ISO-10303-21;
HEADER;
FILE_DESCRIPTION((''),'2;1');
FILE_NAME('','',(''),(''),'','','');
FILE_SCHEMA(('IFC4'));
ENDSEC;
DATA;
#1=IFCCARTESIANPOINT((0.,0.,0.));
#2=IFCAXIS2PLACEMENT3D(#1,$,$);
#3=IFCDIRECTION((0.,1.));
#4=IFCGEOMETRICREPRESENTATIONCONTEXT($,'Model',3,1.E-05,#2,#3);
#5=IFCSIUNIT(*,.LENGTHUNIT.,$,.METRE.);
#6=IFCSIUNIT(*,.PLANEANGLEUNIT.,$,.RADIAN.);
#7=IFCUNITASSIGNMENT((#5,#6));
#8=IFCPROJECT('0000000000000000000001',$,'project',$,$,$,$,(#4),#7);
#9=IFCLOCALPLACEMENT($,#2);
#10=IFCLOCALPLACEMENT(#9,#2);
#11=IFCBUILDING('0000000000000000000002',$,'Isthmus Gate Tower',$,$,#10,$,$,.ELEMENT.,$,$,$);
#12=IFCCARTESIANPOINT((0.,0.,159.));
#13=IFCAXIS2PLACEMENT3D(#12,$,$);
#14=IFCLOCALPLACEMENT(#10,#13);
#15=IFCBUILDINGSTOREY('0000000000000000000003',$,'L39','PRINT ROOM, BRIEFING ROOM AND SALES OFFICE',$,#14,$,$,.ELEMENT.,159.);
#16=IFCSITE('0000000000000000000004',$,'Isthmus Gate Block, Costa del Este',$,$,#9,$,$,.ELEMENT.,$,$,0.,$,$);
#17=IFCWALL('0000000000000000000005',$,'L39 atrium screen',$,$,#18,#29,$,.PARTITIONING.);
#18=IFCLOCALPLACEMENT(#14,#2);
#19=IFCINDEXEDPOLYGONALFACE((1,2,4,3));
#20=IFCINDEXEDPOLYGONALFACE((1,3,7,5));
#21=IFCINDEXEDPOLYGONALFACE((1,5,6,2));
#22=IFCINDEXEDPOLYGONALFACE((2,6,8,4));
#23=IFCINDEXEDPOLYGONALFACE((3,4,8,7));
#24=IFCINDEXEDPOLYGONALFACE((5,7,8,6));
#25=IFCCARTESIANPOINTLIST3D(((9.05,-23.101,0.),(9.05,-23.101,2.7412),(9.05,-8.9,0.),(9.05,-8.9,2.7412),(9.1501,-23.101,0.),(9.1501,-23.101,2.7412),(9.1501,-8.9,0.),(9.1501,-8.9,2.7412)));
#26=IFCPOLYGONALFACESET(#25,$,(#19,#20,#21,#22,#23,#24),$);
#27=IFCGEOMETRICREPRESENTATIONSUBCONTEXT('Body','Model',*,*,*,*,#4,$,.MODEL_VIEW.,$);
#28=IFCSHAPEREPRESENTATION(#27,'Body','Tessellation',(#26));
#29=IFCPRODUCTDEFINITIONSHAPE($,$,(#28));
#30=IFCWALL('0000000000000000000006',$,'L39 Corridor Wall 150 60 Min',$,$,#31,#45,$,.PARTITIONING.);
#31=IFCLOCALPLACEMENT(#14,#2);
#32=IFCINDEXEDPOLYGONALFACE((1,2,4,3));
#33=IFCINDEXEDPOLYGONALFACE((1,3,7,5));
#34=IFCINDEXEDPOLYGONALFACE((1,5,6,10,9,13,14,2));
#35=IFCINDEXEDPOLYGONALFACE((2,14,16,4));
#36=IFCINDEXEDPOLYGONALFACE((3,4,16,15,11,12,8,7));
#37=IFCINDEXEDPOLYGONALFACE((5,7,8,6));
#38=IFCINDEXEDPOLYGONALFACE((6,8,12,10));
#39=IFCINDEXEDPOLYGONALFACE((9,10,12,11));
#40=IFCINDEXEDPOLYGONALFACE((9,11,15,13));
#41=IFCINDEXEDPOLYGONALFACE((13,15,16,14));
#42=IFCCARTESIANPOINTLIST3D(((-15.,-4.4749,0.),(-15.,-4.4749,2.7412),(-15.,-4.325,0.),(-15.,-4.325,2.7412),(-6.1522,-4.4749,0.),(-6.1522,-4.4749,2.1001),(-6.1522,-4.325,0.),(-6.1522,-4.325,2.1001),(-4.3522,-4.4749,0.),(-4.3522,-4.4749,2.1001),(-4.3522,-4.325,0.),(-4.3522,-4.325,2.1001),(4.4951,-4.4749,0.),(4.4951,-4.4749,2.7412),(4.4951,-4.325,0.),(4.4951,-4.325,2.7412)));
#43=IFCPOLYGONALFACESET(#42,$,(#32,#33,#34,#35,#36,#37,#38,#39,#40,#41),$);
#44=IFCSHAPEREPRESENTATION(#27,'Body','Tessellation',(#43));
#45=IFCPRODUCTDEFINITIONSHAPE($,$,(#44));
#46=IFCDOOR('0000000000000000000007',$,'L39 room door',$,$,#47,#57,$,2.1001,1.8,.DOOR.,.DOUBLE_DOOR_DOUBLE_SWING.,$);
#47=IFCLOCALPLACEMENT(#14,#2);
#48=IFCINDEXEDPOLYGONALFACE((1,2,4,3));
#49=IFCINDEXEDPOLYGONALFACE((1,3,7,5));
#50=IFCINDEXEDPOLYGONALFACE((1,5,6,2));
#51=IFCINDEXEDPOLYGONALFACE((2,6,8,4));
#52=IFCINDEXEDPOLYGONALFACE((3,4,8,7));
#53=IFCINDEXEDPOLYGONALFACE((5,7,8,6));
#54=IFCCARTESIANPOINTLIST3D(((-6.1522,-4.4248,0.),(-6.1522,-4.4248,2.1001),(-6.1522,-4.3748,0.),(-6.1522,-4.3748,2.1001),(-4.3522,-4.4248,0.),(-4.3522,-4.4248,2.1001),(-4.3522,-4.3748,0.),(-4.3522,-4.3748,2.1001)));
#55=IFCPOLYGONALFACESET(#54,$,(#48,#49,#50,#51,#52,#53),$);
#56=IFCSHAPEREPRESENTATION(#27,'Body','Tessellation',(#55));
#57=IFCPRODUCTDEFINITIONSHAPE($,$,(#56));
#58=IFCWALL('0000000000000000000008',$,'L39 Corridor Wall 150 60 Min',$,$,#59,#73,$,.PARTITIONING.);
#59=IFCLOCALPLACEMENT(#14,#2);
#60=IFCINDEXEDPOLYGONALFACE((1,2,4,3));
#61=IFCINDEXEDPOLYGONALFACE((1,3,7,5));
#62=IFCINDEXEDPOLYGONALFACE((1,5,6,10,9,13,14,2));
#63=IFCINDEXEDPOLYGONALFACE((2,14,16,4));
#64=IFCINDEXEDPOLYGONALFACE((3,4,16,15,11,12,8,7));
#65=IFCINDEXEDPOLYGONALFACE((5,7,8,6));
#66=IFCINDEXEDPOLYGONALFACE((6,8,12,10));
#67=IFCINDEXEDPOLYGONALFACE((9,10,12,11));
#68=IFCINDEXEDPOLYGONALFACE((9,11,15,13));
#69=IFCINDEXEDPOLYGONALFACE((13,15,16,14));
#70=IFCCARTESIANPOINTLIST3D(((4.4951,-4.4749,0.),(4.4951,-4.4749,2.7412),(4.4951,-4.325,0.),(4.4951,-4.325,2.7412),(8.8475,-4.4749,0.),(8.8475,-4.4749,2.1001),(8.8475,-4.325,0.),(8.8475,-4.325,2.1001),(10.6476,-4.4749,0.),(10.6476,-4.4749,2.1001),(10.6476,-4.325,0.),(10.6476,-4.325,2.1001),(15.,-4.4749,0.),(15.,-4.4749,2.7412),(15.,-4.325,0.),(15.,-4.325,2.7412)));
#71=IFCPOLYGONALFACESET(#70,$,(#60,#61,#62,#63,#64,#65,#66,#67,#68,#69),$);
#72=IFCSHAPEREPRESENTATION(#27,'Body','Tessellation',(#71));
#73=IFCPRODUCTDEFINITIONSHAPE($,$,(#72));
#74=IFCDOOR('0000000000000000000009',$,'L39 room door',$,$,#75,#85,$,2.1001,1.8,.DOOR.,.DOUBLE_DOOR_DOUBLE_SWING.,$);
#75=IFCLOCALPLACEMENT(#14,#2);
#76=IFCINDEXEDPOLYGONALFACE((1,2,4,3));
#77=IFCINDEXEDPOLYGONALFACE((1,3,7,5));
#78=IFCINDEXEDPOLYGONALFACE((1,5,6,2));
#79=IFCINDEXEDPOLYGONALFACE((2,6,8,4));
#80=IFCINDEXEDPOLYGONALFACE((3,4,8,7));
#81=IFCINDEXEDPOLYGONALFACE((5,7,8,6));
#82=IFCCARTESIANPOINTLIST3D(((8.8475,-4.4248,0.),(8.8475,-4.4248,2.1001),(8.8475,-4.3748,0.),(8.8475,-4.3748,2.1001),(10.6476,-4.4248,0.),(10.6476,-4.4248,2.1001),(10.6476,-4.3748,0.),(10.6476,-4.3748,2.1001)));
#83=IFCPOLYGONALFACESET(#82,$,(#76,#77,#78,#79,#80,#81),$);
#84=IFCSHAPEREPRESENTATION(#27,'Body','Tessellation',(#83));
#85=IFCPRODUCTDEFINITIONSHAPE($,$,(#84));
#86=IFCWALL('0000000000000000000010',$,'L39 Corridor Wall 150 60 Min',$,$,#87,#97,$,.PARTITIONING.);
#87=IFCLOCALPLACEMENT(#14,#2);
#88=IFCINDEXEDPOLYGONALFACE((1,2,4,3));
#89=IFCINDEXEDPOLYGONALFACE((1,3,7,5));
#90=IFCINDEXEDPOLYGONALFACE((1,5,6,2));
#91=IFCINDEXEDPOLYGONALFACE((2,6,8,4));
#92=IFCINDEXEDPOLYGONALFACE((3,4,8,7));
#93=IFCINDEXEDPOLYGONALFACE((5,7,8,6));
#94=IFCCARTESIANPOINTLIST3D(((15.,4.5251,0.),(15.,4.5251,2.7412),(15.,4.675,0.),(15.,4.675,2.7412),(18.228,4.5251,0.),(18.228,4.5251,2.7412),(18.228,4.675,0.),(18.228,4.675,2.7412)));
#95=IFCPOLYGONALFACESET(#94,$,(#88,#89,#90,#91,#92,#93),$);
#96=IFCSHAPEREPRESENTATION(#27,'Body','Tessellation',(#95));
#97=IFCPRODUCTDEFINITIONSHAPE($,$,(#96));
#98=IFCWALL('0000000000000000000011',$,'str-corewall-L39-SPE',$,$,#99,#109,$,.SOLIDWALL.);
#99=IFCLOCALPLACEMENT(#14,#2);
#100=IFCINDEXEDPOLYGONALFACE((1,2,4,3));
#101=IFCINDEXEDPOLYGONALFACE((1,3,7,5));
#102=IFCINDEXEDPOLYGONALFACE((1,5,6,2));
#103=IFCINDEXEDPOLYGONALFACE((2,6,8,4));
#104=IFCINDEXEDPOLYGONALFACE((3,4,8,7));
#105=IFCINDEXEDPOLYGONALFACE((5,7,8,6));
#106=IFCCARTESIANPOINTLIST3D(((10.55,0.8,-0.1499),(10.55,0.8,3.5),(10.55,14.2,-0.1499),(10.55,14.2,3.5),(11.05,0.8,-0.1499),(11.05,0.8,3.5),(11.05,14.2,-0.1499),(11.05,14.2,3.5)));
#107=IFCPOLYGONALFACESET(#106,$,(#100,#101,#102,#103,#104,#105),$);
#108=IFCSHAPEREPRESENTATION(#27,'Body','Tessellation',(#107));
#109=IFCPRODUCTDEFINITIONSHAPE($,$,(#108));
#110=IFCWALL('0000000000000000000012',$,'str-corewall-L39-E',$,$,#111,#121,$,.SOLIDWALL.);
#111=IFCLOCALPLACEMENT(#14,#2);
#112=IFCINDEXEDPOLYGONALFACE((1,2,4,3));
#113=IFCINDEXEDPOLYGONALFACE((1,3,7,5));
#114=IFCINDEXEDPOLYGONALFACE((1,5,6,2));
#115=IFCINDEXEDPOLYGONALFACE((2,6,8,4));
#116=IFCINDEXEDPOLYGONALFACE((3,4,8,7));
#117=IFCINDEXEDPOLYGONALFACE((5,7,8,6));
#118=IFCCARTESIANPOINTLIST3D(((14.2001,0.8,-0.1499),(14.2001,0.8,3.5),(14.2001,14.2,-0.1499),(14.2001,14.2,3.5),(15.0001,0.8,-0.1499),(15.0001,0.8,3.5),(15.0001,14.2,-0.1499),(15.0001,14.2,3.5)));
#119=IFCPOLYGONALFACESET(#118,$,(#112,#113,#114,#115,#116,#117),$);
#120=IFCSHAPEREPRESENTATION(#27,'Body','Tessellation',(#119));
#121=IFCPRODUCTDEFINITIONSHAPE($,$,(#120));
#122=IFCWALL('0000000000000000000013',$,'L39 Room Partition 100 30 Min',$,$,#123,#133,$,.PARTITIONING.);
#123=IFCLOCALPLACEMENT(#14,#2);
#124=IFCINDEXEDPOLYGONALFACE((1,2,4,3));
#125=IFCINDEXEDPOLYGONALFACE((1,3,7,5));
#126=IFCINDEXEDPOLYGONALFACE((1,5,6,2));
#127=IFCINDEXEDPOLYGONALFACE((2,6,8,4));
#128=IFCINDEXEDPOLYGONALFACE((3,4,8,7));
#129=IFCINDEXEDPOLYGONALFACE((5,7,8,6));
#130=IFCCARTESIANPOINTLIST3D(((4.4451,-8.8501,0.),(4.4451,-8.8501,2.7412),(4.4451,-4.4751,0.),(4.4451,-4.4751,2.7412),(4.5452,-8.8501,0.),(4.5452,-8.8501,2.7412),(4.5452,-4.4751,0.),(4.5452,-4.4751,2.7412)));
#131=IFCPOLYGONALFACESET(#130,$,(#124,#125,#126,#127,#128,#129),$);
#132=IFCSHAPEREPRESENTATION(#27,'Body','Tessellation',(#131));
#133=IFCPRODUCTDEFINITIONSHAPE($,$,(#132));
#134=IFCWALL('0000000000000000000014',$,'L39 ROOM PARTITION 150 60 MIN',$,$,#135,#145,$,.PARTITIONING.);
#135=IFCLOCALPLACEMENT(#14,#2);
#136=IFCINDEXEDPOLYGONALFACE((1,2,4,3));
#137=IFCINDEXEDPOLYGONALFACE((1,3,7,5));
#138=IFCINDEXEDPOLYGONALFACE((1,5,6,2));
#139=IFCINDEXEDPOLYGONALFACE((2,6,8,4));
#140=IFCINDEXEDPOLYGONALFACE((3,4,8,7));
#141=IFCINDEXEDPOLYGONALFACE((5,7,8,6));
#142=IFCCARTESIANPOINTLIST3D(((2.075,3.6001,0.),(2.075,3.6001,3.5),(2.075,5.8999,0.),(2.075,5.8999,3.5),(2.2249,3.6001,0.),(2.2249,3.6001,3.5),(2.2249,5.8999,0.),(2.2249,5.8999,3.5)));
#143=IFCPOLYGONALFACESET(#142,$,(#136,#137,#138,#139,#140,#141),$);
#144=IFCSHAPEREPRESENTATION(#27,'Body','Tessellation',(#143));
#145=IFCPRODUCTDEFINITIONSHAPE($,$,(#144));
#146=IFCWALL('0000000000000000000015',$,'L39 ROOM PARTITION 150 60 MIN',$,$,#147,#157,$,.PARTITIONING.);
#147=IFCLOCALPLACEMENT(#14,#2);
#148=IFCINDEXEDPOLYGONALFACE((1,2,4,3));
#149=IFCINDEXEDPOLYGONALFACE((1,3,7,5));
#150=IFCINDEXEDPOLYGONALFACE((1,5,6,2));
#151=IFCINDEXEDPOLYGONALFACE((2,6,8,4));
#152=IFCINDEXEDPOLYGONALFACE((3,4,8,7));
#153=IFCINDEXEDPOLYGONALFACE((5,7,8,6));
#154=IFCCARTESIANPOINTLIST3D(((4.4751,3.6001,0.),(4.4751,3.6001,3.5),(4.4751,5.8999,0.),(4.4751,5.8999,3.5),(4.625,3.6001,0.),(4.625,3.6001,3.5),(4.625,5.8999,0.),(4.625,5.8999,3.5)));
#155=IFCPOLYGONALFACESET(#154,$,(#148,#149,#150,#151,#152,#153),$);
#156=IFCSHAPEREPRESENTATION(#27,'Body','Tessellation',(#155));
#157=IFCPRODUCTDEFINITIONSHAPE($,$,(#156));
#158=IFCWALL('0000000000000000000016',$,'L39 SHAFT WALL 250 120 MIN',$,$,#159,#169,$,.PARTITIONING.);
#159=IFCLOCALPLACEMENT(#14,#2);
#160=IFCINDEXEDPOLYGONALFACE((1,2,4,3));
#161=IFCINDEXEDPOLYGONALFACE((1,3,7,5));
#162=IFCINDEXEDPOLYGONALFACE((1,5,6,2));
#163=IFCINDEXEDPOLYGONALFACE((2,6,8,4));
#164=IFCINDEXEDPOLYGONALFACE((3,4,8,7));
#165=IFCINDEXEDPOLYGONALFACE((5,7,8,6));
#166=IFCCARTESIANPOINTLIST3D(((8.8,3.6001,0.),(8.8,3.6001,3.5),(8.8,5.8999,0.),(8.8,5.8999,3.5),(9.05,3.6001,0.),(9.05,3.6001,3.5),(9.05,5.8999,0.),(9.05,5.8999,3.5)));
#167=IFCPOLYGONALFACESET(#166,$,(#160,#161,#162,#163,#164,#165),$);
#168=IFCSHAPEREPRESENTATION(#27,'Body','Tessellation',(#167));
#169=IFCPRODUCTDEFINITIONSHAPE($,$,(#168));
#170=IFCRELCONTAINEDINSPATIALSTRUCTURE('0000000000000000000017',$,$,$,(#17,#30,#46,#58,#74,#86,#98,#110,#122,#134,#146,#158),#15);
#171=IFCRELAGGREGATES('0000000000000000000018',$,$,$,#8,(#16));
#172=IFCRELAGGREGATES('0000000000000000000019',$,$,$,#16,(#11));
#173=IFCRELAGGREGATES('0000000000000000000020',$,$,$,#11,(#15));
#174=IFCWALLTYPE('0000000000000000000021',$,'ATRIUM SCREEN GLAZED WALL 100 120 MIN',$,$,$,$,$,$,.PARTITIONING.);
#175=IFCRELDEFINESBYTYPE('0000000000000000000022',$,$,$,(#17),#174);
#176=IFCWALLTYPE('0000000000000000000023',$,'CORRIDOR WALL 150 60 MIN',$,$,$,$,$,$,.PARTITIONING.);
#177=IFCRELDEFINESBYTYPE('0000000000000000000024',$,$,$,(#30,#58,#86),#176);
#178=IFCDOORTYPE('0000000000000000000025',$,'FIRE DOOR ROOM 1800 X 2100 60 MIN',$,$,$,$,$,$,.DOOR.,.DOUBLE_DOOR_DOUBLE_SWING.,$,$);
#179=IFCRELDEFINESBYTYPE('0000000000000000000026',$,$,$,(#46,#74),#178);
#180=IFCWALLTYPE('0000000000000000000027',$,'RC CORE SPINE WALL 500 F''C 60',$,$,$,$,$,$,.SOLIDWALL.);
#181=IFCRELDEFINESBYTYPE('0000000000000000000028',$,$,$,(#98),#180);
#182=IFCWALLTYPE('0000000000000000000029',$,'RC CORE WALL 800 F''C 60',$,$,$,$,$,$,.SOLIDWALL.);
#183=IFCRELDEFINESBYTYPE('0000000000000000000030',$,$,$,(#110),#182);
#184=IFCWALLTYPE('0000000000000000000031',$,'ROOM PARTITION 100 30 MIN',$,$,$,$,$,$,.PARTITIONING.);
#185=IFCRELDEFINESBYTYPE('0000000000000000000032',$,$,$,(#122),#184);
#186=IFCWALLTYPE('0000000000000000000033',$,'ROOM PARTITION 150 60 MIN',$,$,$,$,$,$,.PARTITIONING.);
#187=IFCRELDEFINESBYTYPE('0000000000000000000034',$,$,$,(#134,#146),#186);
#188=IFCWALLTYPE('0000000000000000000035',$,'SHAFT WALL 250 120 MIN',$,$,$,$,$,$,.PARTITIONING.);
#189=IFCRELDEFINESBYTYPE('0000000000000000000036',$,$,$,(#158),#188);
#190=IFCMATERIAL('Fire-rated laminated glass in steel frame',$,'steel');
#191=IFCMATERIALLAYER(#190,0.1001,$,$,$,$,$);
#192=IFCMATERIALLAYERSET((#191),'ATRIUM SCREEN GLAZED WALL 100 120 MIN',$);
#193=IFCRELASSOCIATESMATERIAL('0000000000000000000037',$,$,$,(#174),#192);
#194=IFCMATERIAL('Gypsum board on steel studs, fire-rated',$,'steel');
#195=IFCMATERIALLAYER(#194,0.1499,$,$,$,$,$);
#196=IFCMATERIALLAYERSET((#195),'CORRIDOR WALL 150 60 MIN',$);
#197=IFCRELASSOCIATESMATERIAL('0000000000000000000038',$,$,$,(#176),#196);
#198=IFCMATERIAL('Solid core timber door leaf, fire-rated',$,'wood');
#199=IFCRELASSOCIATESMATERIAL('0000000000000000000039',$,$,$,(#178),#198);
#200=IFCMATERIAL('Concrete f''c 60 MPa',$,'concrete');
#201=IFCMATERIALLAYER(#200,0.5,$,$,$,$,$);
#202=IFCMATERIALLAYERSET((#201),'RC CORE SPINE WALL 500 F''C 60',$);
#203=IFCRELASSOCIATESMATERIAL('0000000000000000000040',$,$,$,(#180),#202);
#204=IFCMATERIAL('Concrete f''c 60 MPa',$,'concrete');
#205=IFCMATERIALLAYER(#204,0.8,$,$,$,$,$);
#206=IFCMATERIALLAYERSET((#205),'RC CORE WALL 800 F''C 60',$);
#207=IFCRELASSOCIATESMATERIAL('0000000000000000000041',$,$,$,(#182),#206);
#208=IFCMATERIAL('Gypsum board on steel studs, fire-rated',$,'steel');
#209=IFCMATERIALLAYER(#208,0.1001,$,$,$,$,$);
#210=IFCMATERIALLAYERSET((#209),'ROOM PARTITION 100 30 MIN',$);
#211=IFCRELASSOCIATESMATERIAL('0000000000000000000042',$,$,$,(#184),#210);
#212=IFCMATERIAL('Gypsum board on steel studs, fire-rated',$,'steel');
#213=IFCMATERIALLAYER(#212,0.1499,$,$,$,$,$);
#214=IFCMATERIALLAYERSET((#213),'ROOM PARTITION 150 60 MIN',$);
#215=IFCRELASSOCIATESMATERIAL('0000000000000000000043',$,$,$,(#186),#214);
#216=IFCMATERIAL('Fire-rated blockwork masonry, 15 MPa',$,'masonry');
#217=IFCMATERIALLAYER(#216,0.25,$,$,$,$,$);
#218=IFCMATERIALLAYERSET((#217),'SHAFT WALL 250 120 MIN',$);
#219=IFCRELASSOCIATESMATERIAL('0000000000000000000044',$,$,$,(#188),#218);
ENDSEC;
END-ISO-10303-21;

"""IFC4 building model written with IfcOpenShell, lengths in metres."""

from ifc_helpers import new_model, si_unit, direction, frame, frame_2d, origin, place, context, subcontext, project, spatial, rectangle, extrude, material, layer, layer_set, type_object, element, fill, save


model = new_model("IFC4")

# Units and contexts
model_context = context("Model", 3, precision=1e-05, world=origin(), true_north=direction((0.0, 1.0)))
body_context = subcontext(model_context, "Body", "Model", "MODEL_VIEW")
ifc_project = project(units=[si_unit("LENGTHUNIT", "METRE"), si_unit("PLANEANGLEUNIT", "RADIAN")], contexts=[model_context])

# Site, building, storey
site_placement = place(None, origin())
site = spatial("IfcSite", under=ifc_project, at=site_placement, Name="Isthmus Gate Block, Costa del Este", CompositionType="ELEMENT", RefElevation=0.0)
building_placement = place(site_placement, origin())
building = spatial("IfcBuilding", under=site, at=building_placement, Name="Isthmus Gate Tower", CompositionType="ELEMENT")
storey_placement = place(building_placement, frame((0.0, 0.0, 159.0)))
storey = spatial("IfcBuildingStorey", under=building, at=storey_placement, Name="L39", Description="PRINT ROOM, BRIEFING ROOM AND SALES OFFICE", CompositionType="ELEMENT", Elevation=159.0)

# Wall
ifc_material_1 = material(Name="Fire-rated laminated glass in steel frame", Category="steel")
ifc_layer_1 = layer(ifc_material_1, 0.1001)
ifc_layer_set_1 = layer_set([ifc_layer_1], Name="ATRIUM SCREEN GLAZED WALL 100 120 MIN")
wall_type_1 = type_object("IfcWallType", Name="ATRIUM SCREEN GLAZED WALL 100 120 MIN", PredefinedType="PARTITIONING", material=ifc_layer_set_1)
wall_1_placement = place(storey_placement, frame((9.1001, -8.8999, 0.0), z_axis=(0.0, 0.0, 1.0), x_axis=(0.0, -1.0, 0.0)))
element("IfcWall", 1, at=wall_1_placement, inside=storey, type_object=wall_type_1, Name="L39 atrium screen", PredefinedType="PARTITIONING", context=body_context, shape_type="SweptSolid", body=[
    extrude(rectangle(XDim=14.2009, YDim=0.1001, at=frame_2d((7.1006, 0.0))), origin(), (0.0, 0.0, 1.0), 2.7412),
])

# Walls, openings, doors
ifc_material_2 = material(Name="Gypsum board on steel studs, fire-rated", Category="steel")
ifc_layer_2 = layer(ifc_material_2, 0.1499)
ifc_layer_set_2 = layer_set([ifc_layer_2], Name="CORRIDOR WALL 150 60 MIN")
wall_type_2 = type_object("IfcWallType", Name="CORRIDOR WALL 150 60 MIN", PredefinedType="PARTITIONING", material=ifc_layer_set_2)
wall_2_placement = place(storey_placement, frame((4.4951, -4.3999, 0.0), z_axis=(0.0, 0.0, 1.0), x_axis=(-1.0, 0.0, 0.0)))
wall_2 = element("IfcWall", 2, at=wall_2_placement, inside=storey, type_object=wall_type_2, Name="L39 Corridor Wall 150 60 Min", PredefinedType="PARTITIONING", context=body_context, shape_type="SweptSolid", body=[
    extrude(rectangle(XDim=19.4951, YDim=0.1499, at=frame_2d((9.7476, 0.0))), origin(), (0.0, 0.0, 1.0), 2.7412),
])
opening_1_placement = place(wall_2_placement, frame((8.8474, 0.0, 0.0)))
opening_1 = element("IfcOpeningElement", 3, at=opening_1_placement, cuts=wall_2, PredefinedType="OPENING", context=body_context, shape_type="SweptSolid", body=[
    extrude(rectangle(XDim=1.8, YDim=2.1001, at=frame_2d((0.8999, 1.05))), frame((0.0, 0.085, 0.0), z_axis=(0.0, -1.0, 0.0), x_axis=(1.0, 0.0, 0.0)), (0.0, 0.0, 1.0), 0.1699),
])
ifc_material_3 = material(Name="Solid core timber door leaf, fire-rated", Category="wood")
door_type = type_object("IfcDoorType", Name="FIRE DOOR ROOM 1800 X 2100 60 MIN", OperationType="DOUBLE_DOOR_DOUBLE_SWING", PredefinedType="DOOR", material=ifc_material_3)
door_1_placement = place(opening_1_placement, origin())
door_1 = element("IfcDoor", 4, at=door_1_placement, inside=storey, type_object=door_type, Name="L39 room door", OperationType="DOUBLE_DOOR_DOUBLE_SWING", OverallHeight=2.1001, OverallWidth=1.8, PredefinedType="DOOR", context=body_context, shape_type="SweptSolid", body=[
    extrude(rectangle(XDim=1.8, YDim=2.1001, at=frame_2d((0.8999, 1.05))), frame((0.0, 0.0249, 0.0), z_axis=(0.0, -1.0, 0.0), x_axis=(1.0, 0.0, 0.0)), (0.0, 0.0, 1.0), 0.05),
])
fill(opening_1, door_1)
wall_3_placement = place(storey_placement, frame((15.0, -4.3999, 0.0), z_axis=(0.0, 0.0, 1.0), x_axis=(-1.0, 0.0, 0.0)))
wall_3 = element("IfcWall", 5, at=wall_3_placement, inside=storey, type_object=wall_type_2, Name="L39 Corridor Wall 150 60 Min", PredefinedType="PARTITIONING", context=body_context, shape_type="SweptSolid", body=[
    extrude(rectangle(XDim=10.5049, YDim=0.1499, at=frame_2d((5.2524, 0.0))), origin(), (0.0, 0.0, 1.0), 2.7412),
])
opening_2_placement = place(wall_3_placement, frame((4.3525, 0.0, 0.0)))
opening_2 = element("IfcOpeningElement", 6, at=opening_2_placement, cuts=wall_3, PredefinedType="OPENING", context=body_context, shape_type="SweptSolid", body=[
    extrude(rectangle(XDim=1.8, YDim=2.1001, at=frame_2d((0.8999, 1.05))), frame((0.0, 0.085, 0.0), z_axis=(0.0, -1.0, 0.0), x_axis=(1.0, 0.0, 0.0)), (0.0, 0.0, 1.0), 0.1699),
])
door_2_placement = place(opening_2_placement, origin())
door_2 = element("IfcDoor", 7, at=door_2_placement, inside=storey, type_object=door_type, Name="L39 room door", OperationType="DOUBLE_DOOR_DOUBLE_SWING", OverallHeight=2.1001, OverallWidth=1.8, PredefinedType="DOOR", context=body_context, shape_type="SweptSolid", body=[
    extrude(rectangle(XDim=1.8, YDim=2.1001, at=frame_2d((0.8999, 1.05))), frame((0.0, 0.0249, 0.0), z_axis=(0.0, -1.0, 0.0), x_axis=(1.0, 0.0, 0.0)), (0.0, 0.0, 1.0), 0.05),
])
fill(opening_2, door_2)

# Walls
wall_4_placement = place(storey_placement, frame((15.0, 4.6001, 0.0), z_axis=(0.0, 0.0, 1.0), x_axis=(1.0, 0.0, 0.0)))
element("IfcWall", 8, at=wall_4_placement, inside=storey, type_object=wall_type_2, Name="L39 Corridor Wall 150 60 Min", PredefinedType="PARTITIONING", context=body_context, shape_type="SweptSolid", body=[
    extrude(rectangle(XDim=3.228, YDim=0.1499, at=frame_2d((1.614, 0.0))), origin(), (0.0, 0.0, 1.0), 2.7412),
])
ifc_material_4 = material(Name="Concrete f'c 60 MPa", Category="concrete")
ifc_layer_3 = layer(ifc_material_4, 0.5)
ifc_layer_set_3 = layer_set([ifc_layer_3], Name="RC CORE SPINE WALL 500 F'C 60")
wall_type_3 = type_object("IfcWallType", Name="RC CORE SPINE WALL 500 F'C 60", PredefinedType="SOLIDWALL", material=ifc_layer_set_3)
wall_5_placement = place(storey_placement, frame((10.8, 0.8, -0.1499), z_axis=(0.0, 0.0, 1.0), x_axis=(0.0, 1.0, 0.0)))
element("IfcWall", 9, at=wall_5_placement, inside=storey, type_object=wall_type_3, Name="str-corewall-L39-SPE", PredefinedType="SOLIDWALL", context=body_context, shape_type="SweptSolid", body=[
    extrude(rectangle(XDim=13.3999, YDim=0.5, at=frame_2d((6.7, 0.0))), origin(), (0.0, 0.0, 1.0), 3.6499),
])
ifc_material_5 = material(Name="Concrete f'c 60 MPa", Category="concrete")
ifc_layer_4 = layer(ifc_material_5, 0.8)
ifc_layer_set_4 = layer_set([ifc_layer_4], Name="RC CORE WALL 800 F'C 60")
wall_type_4 = type_object("IfcWallType", Name="RC CORE WALL 800 F'C 60", PredefinedType="SOLIDWALL", material=ifc_layer_set_4)
wall_6_placement = place(storey_placement, frame((14.6001, 0.8, -0.1499), z_axis=(0.0, 0.0, 1.0), x_axis=(0.0, 1.0, 0.0)))
element("IfcWall", 10, at=wall_6_placement, inside=storey, type_object=wall_type_4, Name="str-corewall-L39-E", PredefinedType="SOLIDWALL", context=body_context, shape_type="SweptSolid", body=[
    extrude(rectangle(XDim=13.3999, YDim=0.8, at=frame_2d((6.7, 0.0))), origin(), (0.0, 0.0, 1.0), 3.6499),
])
ifc_material_6 = material(Name="Gypsum board on steel studs, fire-rated", Category="steel")
ifc_layer_5 = layer(ifc_material_6, 0.1001)
ifc_layer_set_5 = layer_set([ifc_layer_5], Name="ROOM PARTITION 100 30 MIN")
wall_type_5 = type_object("IfcWallType", Name="ROOM PARTITION 100 30 MIN", PredefinedType="PARTITIONING", material=ifc_layer_set_5)
wall_7_placement = place(storey_placement, frame((4.4951, -8.8501, 0.0), z_axis=(0.0, 0.0, 1.0), x_axis=(0.0, 1.0, 0.0)))
element("IfcWall", 11, at=wall_7_placement, inside=storey, type_object=wall_type_5, Name="L39 Room Partition 100 30 Min", PredefinedType="PARTITIONING", context=body_context, shape_type="SweptSolid", body=[
    extrude(rectangle(XDim=4.375, YDim=0.1001, at=frame_2d((2.1875, 0.0))), origin(), (0.0, 0.0, 1.0), 2.7412),
])
ifc_material_7 = material(Name="Gypsum board on steel studs, fire-rated", Category="steel")
ifc_layer_6 = layer(ifc_material_7, 0.1499)
ifc_layer_set_6 = layer_set([ifc_layer_6], Name="ROOM PARTITION 150 60 MIN")
wall_type_6 = type_object("IfcWallType", Name="ROOM PARTITION 150 60 MIN", PredefinedType="PARTITIONING", material=ifc_layer_set_6)
for number, where, z_axis, x_axis, name in (
    (12, (2.1499, 3.6001, 0.0), (0.0, 0.0, 1.0), (0.0, 1.0, 0.0), "L39 ROOM PARTITION 150 60 MIN"),
    (13, (4.55, 3.6001, 0.0), (0.0, 0.0, 1.0), (0.0, 1.0, 0.0), "L39 ROOM PARTITION 150 60 MIN"),
):
    element("IfcWall", number, at=place(storey_placement, frame(where, z_axis=z_axis, x_axis=x_axis)), inside=storey, type_object=wall_type_6, Name=name, PredefinedType="PARTITIONING", context=body_context, shape_type="SweptSolid", body=[
        extrude(rectangle(XDim=2.2998, YDim=0.1499, at=frame_2d((1.1499, 0.0))), origin(), (0.0, 0.0, 1.0), 3.5),
    ])
ifc_material_8 = material(Name="Fire-rated blockwork masonry, 15 MPa", Category="masonry")
ifc_layer_7 = layer(ifc_material_8, 0.25)
ifc_layer_set_7 = layer_set([ifc_layer_7], Name="SHAFT WALL 250 120 MIN")
wall_type_7 = type_object("IfcWallType", Name="SHAFT WALL 250 120 MIN", PredefinedType="PARTITIONING", material=ifc_layer_set_7)
wall_8_placement = place(storey_placement, frame((8.925, 3.6001, 0.0), z_axis=(0.0, 0.0, 1.0), x_axis=(0.0, 1.0, 0.0)))
element("IfcWall", 14, at=wall_8_placement, inside=storey, type_object=wall_type_7, Name="L39 SHAFT WALL 250 120 MIN", PredefinedType="PARTITIONING", context=body_context, shape_type="SweptSolid", body=[
    extrude(rectangle(XDim=2.2998, YDim=0.25, at=frame_2d((1.1499, 0.0))), origin(), (0.0, 0.0, 1.0), 3.5),
])

save(model, "model.ifc")
